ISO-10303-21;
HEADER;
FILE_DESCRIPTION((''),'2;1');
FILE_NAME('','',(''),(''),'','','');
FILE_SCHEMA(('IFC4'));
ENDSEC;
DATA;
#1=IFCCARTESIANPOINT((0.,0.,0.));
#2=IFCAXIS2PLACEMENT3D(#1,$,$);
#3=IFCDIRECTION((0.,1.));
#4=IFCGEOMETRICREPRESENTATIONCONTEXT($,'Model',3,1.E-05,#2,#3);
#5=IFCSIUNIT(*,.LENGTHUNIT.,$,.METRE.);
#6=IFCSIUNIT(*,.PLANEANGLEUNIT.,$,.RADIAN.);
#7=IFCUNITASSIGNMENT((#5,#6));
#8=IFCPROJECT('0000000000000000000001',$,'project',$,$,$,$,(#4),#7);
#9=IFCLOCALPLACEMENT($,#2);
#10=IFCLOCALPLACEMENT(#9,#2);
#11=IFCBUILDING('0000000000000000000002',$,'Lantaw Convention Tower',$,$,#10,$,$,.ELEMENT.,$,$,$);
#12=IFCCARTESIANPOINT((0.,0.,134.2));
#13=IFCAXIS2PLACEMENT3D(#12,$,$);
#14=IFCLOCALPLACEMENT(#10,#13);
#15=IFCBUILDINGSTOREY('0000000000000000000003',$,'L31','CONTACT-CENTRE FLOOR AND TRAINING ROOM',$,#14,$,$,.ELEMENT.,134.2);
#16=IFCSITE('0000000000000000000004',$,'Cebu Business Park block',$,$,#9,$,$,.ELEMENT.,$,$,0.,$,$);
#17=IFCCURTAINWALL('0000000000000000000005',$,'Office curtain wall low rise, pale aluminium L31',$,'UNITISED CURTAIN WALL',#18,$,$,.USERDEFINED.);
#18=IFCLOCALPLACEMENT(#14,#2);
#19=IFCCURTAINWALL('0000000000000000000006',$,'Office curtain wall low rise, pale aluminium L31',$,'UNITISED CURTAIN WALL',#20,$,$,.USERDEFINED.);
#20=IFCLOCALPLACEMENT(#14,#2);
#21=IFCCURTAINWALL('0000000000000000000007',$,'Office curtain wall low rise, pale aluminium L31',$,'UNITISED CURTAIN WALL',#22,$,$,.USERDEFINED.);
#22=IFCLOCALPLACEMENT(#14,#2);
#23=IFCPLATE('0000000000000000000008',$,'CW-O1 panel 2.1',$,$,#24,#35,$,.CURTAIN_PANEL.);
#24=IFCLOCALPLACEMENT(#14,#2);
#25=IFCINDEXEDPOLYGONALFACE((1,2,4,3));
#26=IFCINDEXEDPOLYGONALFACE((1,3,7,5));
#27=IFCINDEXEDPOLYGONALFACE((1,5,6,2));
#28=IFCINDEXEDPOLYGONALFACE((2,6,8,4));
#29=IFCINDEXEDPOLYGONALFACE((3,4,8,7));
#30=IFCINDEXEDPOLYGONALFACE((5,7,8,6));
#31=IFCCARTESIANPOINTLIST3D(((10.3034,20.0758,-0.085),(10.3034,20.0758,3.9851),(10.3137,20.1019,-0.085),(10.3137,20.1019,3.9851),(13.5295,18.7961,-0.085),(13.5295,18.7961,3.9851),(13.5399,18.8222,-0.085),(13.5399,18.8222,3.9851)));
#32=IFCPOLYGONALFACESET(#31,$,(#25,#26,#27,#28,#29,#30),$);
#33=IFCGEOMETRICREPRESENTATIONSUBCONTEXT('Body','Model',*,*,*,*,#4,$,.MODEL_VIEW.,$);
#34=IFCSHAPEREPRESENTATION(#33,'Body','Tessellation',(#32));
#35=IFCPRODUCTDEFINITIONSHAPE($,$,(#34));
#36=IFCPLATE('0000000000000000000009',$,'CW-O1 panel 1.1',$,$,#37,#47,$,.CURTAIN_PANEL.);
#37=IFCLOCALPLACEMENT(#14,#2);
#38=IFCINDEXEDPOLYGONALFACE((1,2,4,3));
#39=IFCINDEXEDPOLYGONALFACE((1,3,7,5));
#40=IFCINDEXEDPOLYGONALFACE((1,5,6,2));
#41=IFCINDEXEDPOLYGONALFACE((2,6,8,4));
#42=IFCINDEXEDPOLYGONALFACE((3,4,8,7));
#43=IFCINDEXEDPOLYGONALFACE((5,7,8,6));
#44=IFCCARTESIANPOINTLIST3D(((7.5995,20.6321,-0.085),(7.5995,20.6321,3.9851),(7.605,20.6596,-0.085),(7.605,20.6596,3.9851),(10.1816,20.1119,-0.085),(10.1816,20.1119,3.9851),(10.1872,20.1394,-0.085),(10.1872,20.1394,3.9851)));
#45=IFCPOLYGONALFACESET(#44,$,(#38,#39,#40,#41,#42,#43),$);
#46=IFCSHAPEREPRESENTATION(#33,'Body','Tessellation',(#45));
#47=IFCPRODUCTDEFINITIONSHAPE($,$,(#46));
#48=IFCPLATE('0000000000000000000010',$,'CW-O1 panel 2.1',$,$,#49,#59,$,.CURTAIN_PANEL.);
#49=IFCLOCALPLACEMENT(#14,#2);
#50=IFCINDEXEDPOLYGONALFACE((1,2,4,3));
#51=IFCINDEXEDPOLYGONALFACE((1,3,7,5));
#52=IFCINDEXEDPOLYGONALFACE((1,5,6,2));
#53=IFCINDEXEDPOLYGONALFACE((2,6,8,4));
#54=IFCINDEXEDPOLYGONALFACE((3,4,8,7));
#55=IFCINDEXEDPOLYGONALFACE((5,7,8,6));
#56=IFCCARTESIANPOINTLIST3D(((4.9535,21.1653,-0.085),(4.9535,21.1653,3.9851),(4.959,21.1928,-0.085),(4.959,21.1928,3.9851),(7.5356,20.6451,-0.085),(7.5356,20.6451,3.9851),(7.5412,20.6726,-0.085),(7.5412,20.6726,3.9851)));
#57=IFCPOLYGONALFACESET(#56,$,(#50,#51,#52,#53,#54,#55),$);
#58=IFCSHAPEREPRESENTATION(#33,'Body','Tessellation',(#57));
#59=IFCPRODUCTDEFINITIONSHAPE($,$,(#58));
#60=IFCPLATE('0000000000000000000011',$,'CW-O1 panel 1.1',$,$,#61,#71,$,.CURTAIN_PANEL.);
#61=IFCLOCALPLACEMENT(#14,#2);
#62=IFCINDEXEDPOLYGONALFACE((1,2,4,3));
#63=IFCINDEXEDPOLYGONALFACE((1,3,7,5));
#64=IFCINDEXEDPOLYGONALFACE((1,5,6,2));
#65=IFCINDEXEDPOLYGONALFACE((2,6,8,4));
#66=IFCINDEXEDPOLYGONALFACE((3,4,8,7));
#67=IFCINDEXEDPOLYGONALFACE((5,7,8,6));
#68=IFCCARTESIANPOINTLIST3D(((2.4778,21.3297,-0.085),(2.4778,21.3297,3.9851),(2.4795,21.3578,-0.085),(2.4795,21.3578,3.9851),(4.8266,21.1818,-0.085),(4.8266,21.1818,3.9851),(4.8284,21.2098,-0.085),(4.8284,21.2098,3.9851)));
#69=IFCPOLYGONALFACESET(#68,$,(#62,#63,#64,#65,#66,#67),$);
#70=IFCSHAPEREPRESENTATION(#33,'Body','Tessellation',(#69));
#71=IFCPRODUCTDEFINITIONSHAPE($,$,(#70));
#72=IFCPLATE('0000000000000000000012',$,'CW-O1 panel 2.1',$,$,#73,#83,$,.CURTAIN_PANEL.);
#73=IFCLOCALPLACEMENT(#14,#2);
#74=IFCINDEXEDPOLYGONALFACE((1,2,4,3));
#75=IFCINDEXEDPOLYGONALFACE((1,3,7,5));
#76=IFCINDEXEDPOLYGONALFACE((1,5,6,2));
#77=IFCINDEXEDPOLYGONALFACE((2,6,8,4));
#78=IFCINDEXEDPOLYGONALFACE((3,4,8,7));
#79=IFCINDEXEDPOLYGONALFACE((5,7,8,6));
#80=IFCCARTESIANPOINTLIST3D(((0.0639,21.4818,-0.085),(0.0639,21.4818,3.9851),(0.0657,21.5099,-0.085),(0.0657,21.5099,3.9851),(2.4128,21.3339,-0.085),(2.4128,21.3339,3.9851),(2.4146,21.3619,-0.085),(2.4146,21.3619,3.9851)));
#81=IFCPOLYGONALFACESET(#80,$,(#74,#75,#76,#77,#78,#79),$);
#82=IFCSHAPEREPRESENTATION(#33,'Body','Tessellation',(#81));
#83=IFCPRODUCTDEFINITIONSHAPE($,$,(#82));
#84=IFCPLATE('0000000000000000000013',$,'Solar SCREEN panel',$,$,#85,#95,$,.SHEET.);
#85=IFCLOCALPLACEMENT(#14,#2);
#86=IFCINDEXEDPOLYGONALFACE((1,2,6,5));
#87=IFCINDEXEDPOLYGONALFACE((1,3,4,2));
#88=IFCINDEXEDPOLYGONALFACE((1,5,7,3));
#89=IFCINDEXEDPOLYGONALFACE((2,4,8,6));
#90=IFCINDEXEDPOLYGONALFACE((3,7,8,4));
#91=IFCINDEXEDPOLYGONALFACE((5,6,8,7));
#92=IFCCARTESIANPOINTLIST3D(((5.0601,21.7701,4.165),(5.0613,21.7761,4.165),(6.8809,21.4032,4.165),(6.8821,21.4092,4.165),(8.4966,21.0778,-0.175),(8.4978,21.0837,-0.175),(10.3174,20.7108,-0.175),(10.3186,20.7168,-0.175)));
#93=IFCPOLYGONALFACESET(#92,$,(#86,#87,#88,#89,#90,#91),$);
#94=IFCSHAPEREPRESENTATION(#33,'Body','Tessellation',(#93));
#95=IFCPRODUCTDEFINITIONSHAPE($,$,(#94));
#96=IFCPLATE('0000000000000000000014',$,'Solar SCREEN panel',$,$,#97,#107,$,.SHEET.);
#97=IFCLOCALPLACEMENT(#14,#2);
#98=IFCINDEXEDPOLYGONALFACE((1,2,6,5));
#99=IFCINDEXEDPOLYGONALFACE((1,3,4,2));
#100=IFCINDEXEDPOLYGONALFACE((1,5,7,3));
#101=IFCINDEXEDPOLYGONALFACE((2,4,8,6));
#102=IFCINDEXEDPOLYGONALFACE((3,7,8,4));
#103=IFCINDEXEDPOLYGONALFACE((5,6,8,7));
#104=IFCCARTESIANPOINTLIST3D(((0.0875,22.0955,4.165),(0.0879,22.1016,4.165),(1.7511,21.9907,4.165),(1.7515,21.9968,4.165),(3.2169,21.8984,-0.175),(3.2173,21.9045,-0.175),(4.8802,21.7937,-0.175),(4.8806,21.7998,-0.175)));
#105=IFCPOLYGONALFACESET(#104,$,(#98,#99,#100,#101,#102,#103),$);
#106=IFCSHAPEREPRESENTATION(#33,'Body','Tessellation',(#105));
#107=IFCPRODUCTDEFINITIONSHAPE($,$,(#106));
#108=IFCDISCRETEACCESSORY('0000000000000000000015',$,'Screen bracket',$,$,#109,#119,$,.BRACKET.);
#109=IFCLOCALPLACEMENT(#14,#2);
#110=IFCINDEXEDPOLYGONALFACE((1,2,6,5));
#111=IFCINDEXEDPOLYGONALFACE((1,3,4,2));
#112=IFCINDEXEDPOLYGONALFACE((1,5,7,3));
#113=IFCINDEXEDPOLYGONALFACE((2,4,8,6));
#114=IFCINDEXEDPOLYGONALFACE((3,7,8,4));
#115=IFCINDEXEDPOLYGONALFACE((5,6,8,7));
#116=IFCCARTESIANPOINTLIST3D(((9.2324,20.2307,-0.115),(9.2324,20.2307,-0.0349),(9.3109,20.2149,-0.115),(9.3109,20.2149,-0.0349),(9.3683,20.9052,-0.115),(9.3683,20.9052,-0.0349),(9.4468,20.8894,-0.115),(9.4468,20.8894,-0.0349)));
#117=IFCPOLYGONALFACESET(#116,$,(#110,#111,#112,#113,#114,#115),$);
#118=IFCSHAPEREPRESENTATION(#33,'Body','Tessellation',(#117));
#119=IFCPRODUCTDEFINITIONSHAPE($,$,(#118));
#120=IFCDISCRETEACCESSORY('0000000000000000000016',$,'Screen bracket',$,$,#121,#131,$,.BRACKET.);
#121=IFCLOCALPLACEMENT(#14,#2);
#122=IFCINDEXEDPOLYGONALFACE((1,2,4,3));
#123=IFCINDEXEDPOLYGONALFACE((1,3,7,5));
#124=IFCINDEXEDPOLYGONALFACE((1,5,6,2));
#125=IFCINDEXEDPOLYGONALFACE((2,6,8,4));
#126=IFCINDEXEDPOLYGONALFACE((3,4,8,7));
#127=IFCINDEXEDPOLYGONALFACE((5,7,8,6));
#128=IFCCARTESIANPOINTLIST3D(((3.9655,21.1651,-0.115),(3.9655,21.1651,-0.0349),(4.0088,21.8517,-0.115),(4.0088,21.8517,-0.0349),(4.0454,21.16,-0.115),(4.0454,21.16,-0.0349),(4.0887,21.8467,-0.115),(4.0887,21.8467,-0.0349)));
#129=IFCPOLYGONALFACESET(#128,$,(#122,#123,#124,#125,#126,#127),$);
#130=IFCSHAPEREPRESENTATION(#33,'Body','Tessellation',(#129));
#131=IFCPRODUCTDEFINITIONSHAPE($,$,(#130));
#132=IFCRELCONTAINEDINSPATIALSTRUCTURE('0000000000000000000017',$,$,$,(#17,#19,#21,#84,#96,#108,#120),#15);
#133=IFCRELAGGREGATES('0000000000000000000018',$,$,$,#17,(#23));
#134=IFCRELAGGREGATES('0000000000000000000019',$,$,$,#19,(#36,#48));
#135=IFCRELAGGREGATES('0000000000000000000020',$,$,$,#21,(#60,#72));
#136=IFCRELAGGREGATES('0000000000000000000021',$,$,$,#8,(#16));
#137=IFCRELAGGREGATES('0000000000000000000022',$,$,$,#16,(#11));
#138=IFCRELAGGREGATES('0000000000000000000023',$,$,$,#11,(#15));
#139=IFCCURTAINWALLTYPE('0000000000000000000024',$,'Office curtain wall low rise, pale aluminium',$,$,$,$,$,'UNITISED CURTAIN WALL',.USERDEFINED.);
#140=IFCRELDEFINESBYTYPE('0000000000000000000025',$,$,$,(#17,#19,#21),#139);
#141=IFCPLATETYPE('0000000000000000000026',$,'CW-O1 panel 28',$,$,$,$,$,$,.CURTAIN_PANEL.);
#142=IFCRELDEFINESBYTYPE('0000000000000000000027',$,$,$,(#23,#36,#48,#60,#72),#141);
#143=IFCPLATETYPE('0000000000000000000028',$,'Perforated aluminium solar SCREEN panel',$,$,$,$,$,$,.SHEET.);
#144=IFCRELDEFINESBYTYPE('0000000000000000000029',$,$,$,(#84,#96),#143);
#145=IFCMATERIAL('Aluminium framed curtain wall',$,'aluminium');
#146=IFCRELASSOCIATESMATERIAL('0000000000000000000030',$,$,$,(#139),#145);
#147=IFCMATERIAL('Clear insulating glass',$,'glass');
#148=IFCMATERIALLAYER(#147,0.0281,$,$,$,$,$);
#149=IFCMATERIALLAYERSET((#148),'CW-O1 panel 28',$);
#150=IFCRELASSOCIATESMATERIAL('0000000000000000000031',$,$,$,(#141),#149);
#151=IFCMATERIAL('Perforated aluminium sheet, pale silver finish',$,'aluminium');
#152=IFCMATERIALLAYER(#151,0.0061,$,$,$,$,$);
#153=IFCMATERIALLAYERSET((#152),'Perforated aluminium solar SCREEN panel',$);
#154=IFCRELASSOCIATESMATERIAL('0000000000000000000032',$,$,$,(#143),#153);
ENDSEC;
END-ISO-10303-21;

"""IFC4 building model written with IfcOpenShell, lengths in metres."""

from ifc_helpers import new_model, si_unit, direction, frame, origin, origin_2d, place, context, subcontext, project, spatial, polyline, rectangle, outline, extrude, material, layer, layer_set, type_object, element, aggregate, save


model = new_model("IFC4")

# Units and contexts
model_context = context("Model", 3, precision=1e-05, world=origin(), true_north=direction((0.0, 1.0)))
body_context = subcontext(model_context, "Body", "Model", "MODEL_VIEW")
ifc_project = project(units=[si_unit("LENGTHUNIT", "METRE"), si_unit("PLANEANGLEUNIT", "RADIAN")], contexts=[model_context])

# Site, building, storey
site_placement = place(None, origin())
site = spatial("IfcSite", under=ifc_project, at=site_placement, Name="Cebu Business Park block", CompositionType="ELEMENT", RefElevation=0.0)
building_placement = place(site_placement, origin())
building = spatial("IfcBuilding", under=site, at=building_placement, Name="Lantaw Convention Tower", CompositionType="ELEMENT")
storey_placement = place(building_placement, frame((0.0, 0.0, 134.2)))
storey = spatial("IfcBuildingStorey", under=building, at=storey_placement, Name="L31", Description="CONTACT-CENTRE FLOOR AND TRAINING ROOM", CompositionType="ELEMENT", Elevation=134.2)

# Curtain walls
ifc_material_1 = material(Name="Aluminium framed curtain wall", Category="aluminium")
curtain_wall_type = type_object("IfcCurtainWallType", Name="Office curtain wall low rise, pale aluminium", ElementType="UNITISED CURTAIN WALL", PredefinedType="USERDEFINED", material=ifc_material_1)
curtain_wall_1_placement = place(storey_placement, origin())
curtain_wall_1 = element("IfcCurtainWall", 1, at=curtain_wall_1_placement, inside=storey, type_object=curtain_wall_type, Name="Office curtain wall low rise, pale aluminium L31", ObjectType="UNITISED CURTAIN WALL", PredefinedType="USERDEFINED")
curtain_wall_2_placement = place(storey_placement, origin())
curtain_wall_2 = element("IfcCurtainWall", 2, at=curtain_wall_2_placement, inside=storey, type_object=curtain_wall_type, Name="Office curtain wall low rise, pale aluminium L31", ObjectType="UNITISED CURTAIN WALL", PredefinedType="USERDEFINED")
curtain_wall_3_placement = place(storey_placement, origin())
curtain_wall_3 = element("IfcCurtainWall", 3, at=curtain_wall_3_placement, inside=storey, type_object=curtain_wall_type, Name="Office curtain wall low rise, pale aluminium L31", ObjectType="UNITISED CURTAIN WALL", PredefinedType="USERDEFINED")

# Plates
ifc_material_2 = material(Name="Clear insulating glass", Category="glass")
ifc_layer_1 = layer(ifc_material_2, 0.0281)
ifc_layer_set_1 = layer_set([ifc_layer_1], Name="CW-O1 panel 28")
plate_type_1 = type_object("IfcPlateType", Name="CW-O1 panel 28", PredefinedType="CURTAIN_PANEL", material=ifc_layer_set_1)
plate_1_placement = place(storey_placement, frame((11.9216, 19.449, -0.085), z_axis=(0.0, 0.0, 1.0), x_axis=(-0.929548, 0.368702, 0.0)))
plate_1 = element("IfcPlate", 4, at=plate_1_placement, type_object=plate_type_1, Name="CW-O1 panel 2.1", PredefinedType="CURTAIN_PANEL", context=body_context, shape_type="SweptSolid", body=[
    extrude(rectangle(XDim=3.4707, YDim=0.0281, at=origin_2d()), origin(), (0.0, 0.0, 1.0), 4.0701),
])
aggregate(curtain_wall_1, [plate_1])
plate_2_placement = place(storey_placement, frame((8.8933, 20.3857, -0.085), z_axis=(0.0, 0.0, 1.0), x_axis=(-0.980302, 0.197507, 0.0)))
plate_2 = element("IfcPlate", 5, at=plate_2_placement, type_object=plate_type_1, Name="CW-O1 panel 1.1", PredefinedType="CURTAIN_PANEL", context=body_context, shape_type="SweptSolid", body=[
    extrude(rectangle(XDim=2.634, YDim=0.0281, at=origin_2d()), origin(), (0.0, 0.0, 1.0), 4.0701),
])
plate_3_placement = place(storey_placement, frame((6.2473, 20.9189, -0.085), z_axis=(0.0, 0.0, 1.0), x_axis=(-0.980302, 0.197507, 0.0)))
plate_3 = element("IfcPlate", 6, at=plate_3_placement, type_object=plate_type_1, Name="CW-O1 panel 2.1", PredefinedType="CURTAIN_PANEL", context=body_context, shape_type="SweptSolid", body=[
    extrude(rectangle(XDim=2.634, YDim=0.0281, at=origin_2d()), origin(), (0.0, 0.0, 1.0), 4.0701),
])
aggregate(curtain_wall_2, [plate_2, plate_3])
plate_4_placement = place(storey_placement, frame((3.6531, 21.2698, -0.085), z_axis=(0.0, 0.0, 1.0), x_axis=(-0.998022, 0.062865, 0.0)))
plate_4 = element("IfcPlate", 7, at=plate_4_placement, type_object=plate_type_1, Name="CW-O1 panel 1.1", PredefinedType="CURTAIN_PANEL", context=body_context, shape_type="SweptSolid", body=[
    extrude(rectangle(XDim=2.3535, YDim=0.0281, at=origin_2d()), origin(), (0.0, 0.0, 1.0), 4.0701),
])
plate_5_placement = place(storey_placement, frame((1.2393, 21.4219, -0.085), z_axis=(0.0, 0.0, 1.0), x_axis=(-0.998022, 0.062865, 0.0)))
plate_5 = element("IfcPlate", 8, at=plate_5_placement, type_object=plate_type_1, Name="CW-O1 panel 2.1", PredefinedType="CURTAIN_PANEL", context=body_context, shape_type="SweptSolid", body=[
    extrude(rectangle(XDim=2.3535, YDim=0.0281, at=origin_2d()), origin(), (0.0, 0.0, 1.0), 4.0701),
])
aggregate(curtain_wall_3, [plate_4, plate_5])

# Plates
ifc_material_3 = material(Name="Perforated aluminium sheet, pale silver finish", Category="aluminium")
ifc_layer_2 = layer(ifc_material_3, 0.0061)
ifc_layer_set_2 = layer_set([ifc_layer_2], Name="Perforated aluminium solar SCREEN panel")
plate_type_2 = type_object("IfcPlateType", Name="Perforated aluminium solar SCREEN panel", PredefinedType="SHEET", material=ifc_layer_set_2)
plate_6_placement = place(storey_placement, frame((10.3186, 20.7168, -0.175), z_axis=(0.197557, 0.980291, 0.000039), x_axis=(-0.980291, 0.197557, 0.0)))
element("IfcPlate", 9, at=plate_6_placement, inside=storey, type_object=plate_type_2, Name="Solar SCREEN panel", PredefinedType="SHEET", context=body_context, shape_type="SweptSolid", body=[
    extrude(outline(polyline([(0.0, 0.0), (1.8574, 0.0), (5.363, 4.3401), (3.5056, 4.3401), (0.0, 0.0)])), origin(), (0.0, 0.0, -1.0), 0.0061),
])
plate_7_placement = place(storey_placement, frame((4.8806, 21.7998, -0.175), z_axis=(0.062839, 0.998024, 0.000002), x_axis=(-0.998024, 0.062839, 0.0)))
element("IfcPlate", 10, at=plate_7_placement, inside=storey, type_object=plate_type_2, Name="Solar SCREEN panel", PredefinedType="SHEET", context=body_context, shape_type="SweptSolid", body=[
    extrude(outline(polyline([(0.0, 0.0), (1.6666, 0.0), (4.8022, 4.3401), (3.1353, 4.3401), (0.0, 0.0)])), origin(), (0.0, 0.0, -1.0), 0.0061),
])

# Discrete accessories
for number, where, z_axis, x_axis, name in (
    (11, (9.3396, 20.5601, -0.115), (0.0, 0.0, 1.0), (-0.980302, 0.197507, 0.0), "Screen bracket"),
    (12, (4.0271, 21.5059, -0.115), (0.0, 0.0, 1.0), (-0.998022, 0.062865, 0.0), "Screen bracket"),
):
    element("IfcDiscreteAccessory", number, at=place(storey_placement, frame(where, z_axis=z_axis, x_axis=x_axis)), inside=storey, Name=name, PredefinedType="BRACKET", context=body_context, shape_type="SweptSolid", body=[
        extrude(rectangle(XDim=0.0801, YDim=0.688, at=origin_2d()), origin(), (0.0, 0.0, 1.0), 0.0801),
    ])

save(model, "model.ifc")
